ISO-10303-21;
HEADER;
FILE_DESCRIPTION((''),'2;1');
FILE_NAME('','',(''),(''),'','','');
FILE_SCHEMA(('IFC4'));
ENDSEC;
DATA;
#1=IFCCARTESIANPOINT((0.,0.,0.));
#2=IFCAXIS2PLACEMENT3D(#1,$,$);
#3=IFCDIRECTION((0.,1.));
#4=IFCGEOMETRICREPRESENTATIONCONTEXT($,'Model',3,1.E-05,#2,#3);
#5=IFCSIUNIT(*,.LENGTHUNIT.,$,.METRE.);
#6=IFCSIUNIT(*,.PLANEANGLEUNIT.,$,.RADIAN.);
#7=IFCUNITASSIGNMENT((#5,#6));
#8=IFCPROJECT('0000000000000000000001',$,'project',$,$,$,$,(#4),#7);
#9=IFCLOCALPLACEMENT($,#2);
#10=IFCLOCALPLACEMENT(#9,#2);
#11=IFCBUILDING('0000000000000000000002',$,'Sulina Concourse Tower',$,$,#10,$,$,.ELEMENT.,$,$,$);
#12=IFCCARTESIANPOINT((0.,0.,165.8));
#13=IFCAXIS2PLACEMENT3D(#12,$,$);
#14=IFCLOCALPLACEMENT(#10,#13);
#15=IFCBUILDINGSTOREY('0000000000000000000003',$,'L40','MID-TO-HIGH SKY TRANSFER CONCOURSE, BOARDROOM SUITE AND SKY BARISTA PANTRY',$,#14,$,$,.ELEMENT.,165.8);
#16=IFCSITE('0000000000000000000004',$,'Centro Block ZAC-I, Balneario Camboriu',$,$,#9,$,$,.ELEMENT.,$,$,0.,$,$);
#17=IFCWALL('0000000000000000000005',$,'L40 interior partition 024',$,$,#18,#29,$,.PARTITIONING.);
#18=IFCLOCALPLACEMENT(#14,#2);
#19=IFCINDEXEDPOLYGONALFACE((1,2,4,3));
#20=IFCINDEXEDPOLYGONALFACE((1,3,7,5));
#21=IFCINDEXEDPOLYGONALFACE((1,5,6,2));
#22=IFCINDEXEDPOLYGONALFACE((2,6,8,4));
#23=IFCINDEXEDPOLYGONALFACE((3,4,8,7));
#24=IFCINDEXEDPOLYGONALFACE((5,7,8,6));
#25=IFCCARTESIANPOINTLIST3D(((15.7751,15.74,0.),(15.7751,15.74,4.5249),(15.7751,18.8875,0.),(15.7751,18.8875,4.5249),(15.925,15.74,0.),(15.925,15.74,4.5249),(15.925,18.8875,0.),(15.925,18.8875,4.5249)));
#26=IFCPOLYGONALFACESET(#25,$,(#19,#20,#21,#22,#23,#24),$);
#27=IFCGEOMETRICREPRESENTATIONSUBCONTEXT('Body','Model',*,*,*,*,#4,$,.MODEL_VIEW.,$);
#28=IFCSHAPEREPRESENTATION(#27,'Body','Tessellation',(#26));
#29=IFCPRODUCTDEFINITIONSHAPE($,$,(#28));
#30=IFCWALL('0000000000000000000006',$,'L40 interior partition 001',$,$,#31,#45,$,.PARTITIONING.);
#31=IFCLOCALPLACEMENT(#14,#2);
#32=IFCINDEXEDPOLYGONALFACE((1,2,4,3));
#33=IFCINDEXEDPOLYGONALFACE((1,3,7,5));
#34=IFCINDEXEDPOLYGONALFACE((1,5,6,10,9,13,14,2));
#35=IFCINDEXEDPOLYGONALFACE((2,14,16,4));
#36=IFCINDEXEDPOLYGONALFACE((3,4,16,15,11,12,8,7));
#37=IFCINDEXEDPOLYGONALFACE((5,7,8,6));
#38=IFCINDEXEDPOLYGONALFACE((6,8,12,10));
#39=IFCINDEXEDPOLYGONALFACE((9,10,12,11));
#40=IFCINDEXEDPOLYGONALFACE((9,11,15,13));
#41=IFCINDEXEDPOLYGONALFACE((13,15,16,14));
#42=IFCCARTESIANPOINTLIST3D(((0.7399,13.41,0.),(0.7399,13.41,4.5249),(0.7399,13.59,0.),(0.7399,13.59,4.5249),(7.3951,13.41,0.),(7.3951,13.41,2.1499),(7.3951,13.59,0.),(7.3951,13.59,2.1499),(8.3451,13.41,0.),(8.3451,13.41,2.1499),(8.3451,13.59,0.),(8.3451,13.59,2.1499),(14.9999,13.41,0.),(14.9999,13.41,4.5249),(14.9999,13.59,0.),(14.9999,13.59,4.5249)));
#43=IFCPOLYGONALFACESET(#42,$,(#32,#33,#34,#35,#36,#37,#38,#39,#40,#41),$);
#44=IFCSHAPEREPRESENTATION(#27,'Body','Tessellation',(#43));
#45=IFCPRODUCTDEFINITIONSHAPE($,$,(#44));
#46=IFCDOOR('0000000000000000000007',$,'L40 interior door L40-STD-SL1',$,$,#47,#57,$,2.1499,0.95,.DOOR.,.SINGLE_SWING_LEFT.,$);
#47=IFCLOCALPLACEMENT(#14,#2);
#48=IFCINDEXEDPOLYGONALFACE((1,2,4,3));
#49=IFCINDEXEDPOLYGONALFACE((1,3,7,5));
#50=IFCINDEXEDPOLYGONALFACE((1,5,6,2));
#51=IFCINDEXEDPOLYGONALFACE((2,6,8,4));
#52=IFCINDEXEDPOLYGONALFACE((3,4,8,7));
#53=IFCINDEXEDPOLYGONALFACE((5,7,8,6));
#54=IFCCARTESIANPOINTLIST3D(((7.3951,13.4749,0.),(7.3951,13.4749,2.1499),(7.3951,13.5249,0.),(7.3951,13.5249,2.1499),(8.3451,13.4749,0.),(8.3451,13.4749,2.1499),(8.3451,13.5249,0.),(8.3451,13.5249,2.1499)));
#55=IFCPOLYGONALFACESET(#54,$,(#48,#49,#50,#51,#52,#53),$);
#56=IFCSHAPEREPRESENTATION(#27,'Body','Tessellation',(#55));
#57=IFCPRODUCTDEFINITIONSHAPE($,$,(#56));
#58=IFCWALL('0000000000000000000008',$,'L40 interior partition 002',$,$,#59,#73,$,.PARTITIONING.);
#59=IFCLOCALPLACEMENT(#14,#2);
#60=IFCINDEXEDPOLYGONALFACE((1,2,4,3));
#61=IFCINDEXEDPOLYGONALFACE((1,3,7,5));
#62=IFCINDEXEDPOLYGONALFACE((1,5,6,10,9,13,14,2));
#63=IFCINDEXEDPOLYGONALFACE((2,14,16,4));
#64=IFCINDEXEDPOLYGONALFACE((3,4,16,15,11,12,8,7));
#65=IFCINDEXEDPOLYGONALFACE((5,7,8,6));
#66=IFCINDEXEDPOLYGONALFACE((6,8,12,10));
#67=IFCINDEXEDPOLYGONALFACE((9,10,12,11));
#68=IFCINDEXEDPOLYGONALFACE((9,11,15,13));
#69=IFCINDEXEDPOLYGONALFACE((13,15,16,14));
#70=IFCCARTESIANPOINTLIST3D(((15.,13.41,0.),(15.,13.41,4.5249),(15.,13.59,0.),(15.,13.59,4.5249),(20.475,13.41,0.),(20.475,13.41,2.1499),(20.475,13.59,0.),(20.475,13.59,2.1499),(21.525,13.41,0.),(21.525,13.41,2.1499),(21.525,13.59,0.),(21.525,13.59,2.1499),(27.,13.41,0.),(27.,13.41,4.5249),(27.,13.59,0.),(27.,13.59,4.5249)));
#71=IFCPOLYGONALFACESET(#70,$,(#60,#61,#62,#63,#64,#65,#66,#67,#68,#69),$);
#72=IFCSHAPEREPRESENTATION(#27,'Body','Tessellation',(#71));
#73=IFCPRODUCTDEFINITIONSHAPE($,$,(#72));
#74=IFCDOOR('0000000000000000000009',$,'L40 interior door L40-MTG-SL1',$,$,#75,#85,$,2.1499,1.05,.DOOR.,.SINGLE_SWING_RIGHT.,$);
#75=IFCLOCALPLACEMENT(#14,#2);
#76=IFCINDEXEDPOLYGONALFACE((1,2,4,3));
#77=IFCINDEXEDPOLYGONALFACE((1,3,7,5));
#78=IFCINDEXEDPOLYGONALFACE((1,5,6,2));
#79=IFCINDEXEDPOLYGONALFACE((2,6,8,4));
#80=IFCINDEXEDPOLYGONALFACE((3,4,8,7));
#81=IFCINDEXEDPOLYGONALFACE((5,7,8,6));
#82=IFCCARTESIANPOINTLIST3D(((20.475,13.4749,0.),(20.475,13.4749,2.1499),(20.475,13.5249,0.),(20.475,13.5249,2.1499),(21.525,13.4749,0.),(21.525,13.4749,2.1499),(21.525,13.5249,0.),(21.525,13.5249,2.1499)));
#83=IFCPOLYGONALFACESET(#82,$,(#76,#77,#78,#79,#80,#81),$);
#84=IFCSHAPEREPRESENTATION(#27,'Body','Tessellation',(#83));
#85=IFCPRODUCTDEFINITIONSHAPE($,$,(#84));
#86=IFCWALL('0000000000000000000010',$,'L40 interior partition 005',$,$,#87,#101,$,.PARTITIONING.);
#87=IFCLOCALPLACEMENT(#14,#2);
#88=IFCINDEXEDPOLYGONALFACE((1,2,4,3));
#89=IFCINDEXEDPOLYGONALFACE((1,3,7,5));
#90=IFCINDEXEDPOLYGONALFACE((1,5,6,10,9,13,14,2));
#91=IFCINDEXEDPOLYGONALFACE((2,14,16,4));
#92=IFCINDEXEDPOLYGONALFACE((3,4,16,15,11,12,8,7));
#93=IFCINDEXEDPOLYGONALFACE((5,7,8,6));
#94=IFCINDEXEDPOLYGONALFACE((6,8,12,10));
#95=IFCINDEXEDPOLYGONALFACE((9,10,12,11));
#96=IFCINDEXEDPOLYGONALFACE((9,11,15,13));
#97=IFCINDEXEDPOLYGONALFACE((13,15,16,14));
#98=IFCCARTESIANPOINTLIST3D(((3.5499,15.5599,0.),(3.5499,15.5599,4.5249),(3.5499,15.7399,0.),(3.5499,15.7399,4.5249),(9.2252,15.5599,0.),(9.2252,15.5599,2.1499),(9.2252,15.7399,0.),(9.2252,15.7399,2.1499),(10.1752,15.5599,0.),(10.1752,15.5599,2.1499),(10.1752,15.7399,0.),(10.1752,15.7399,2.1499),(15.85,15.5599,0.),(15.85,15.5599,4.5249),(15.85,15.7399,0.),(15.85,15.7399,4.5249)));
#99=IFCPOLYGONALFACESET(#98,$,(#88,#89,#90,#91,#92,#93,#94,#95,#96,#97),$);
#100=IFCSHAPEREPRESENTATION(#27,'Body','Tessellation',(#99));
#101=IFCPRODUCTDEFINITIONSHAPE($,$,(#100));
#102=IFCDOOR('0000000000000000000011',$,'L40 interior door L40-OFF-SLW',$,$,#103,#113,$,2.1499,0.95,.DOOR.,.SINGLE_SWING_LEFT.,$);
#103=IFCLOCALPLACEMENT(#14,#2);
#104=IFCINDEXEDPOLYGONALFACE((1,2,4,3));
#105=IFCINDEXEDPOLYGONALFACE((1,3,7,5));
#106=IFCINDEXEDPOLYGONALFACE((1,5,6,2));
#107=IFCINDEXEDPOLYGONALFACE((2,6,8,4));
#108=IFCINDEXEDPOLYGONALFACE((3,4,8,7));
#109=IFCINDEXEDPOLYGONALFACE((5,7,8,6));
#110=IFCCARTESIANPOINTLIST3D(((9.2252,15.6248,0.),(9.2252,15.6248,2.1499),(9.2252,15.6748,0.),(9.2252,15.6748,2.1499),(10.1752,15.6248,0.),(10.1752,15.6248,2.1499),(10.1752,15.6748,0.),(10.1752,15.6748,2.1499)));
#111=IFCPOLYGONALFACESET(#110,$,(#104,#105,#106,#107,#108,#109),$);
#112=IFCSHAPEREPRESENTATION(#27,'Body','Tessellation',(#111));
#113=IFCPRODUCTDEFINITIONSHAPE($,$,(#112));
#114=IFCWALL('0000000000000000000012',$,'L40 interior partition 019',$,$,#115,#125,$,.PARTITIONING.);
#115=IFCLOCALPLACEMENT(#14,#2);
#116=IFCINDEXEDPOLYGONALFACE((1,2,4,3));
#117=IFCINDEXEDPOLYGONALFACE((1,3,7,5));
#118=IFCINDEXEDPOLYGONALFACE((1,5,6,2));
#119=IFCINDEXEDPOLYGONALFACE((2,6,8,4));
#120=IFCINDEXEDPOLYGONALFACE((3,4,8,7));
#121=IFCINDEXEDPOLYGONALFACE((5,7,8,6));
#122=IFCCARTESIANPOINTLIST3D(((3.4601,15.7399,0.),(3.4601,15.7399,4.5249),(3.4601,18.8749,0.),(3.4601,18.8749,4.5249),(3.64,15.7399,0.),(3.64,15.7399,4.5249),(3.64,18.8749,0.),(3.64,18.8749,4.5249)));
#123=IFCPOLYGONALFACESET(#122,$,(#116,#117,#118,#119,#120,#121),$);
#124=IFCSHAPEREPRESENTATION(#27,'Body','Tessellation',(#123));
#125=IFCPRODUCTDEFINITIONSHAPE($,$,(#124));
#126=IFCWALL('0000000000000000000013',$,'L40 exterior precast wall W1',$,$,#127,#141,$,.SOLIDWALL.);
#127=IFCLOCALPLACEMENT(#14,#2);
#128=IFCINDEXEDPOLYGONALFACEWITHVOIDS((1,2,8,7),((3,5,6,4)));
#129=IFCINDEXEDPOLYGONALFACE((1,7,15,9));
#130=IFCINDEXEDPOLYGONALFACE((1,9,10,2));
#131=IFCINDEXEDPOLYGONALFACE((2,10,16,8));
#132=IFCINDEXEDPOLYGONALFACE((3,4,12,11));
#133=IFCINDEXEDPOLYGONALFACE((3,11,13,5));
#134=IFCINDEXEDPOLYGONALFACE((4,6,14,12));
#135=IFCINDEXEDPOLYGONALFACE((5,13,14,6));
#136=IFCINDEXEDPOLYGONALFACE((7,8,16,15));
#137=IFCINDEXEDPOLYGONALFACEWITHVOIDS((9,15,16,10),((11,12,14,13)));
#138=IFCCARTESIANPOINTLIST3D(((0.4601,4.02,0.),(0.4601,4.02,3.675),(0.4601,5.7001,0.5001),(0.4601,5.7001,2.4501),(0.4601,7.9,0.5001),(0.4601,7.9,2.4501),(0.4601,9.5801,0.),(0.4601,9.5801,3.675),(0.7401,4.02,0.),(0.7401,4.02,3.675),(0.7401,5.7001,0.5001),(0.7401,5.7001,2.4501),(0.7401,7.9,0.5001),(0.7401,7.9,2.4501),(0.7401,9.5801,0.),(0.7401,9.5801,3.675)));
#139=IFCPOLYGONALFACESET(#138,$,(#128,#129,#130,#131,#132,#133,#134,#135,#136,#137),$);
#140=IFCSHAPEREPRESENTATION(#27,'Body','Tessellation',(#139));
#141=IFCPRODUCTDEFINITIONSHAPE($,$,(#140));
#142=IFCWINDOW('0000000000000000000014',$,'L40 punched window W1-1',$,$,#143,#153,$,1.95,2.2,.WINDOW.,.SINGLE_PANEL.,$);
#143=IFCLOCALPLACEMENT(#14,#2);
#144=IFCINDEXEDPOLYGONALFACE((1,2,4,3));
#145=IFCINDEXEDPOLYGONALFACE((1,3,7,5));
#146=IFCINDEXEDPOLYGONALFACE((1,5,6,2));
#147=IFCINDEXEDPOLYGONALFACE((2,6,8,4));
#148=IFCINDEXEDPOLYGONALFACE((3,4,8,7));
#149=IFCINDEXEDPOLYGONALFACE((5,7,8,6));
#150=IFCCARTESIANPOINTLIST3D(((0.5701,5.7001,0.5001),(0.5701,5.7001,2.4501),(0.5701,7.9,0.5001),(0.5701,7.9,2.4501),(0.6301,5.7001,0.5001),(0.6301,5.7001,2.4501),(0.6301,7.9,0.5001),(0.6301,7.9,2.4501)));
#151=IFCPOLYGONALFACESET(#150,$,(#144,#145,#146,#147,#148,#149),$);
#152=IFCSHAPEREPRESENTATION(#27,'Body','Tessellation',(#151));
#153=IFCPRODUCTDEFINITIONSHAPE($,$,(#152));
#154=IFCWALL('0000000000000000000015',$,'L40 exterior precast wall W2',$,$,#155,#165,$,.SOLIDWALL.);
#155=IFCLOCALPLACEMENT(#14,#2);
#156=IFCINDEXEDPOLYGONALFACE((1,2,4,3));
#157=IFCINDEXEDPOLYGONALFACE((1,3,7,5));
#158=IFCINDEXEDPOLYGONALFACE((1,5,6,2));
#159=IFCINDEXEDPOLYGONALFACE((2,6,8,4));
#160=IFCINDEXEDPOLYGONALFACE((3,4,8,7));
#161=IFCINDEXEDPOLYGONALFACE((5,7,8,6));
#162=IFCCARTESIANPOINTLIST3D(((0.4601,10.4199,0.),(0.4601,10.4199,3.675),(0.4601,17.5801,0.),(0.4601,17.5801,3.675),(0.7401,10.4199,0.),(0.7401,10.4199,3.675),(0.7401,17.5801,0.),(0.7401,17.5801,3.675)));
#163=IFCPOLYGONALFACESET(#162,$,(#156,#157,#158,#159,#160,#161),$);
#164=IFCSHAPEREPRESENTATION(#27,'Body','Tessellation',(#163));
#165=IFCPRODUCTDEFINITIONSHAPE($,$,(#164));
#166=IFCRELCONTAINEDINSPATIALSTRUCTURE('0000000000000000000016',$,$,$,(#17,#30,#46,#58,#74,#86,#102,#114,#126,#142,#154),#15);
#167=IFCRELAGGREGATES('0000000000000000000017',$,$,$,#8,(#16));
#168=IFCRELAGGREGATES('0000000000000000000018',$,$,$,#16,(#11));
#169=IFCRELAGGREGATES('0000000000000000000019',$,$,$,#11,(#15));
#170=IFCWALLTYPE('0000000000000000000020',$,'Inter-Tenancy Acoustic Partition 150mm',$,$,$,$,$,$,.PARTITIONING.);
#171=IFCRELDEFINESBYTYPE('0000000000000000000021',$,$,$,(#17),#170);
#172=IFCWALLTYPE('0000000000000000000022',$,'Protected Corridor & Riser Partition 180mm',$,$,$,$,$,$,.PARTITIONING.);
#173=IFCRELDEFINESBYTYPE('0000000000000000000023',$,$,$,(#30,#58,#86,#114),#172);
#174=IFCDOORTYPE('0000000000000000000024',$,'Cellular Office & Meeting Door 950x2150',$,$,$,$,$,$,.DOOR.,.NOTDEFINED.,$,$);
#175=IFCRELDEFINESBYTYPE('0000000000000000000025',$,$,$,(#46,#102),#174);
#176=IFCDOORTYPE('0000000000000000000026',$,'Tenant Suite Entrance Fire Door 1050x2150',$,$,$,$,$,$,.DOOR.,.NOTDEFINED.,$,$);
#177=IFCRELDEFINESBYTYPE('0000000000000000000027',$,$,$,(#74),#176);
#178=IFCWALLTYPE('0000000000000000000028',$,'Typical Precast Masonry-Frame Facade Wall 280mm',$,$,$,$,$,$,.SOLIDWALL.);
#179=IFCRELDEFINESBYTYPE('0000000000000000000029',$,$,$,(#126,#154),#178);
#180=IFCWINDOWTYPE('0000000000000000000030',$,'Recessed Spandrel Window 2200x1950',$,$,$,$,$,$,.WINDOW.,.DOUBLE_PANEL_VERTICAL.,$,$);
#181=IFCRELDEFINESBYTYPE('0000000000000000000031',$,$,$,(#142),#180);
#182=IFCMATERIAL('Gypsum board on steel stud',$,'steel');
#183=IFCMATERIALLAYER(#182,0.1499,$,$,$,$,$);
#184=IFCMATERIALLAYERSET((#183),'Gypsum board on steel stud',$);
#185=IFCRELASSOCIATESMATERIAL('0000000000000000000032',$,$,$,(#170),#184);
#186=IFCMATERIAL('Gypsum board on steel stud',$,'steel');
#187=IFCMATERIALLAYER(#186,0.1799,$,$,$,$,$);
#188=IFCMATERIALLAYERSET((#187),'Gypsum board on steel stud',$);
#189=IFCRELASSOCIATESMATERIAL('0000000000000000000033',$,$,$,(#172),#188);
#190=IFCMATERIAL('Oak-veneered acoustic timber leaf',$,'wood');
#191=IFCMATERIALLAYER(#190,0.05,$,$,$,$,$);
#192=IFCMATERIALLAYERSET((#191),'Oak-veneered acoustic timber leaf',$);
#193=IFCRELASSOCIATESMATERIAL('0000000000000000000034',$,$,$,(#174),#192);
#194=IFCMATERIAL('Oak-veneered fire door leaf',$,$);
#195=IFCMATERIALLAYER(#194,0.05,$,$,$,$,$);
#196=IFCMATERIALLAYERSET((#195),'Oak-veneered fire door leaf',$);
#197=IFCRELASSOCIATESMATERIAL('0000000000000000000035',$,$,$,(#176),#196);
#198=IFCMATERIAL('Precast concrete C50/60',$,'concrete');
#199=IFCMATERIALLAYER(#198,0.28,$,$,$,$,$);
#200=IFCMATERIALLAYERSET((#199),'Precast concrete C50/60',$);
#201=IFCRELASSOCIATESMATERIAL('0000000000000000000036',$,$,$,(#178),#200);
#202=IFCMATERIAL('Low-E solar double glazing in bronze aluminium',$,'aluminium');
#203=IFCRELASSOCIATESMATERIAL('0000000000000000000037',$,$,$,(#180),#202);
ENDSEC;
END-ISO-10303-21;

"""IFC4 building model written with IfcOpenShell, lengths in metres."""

from ifc_helpers import new_model, si_unit, direction, frame, frame_2d, origin, place, context, subcontext, project, spatial, rectangle, extrude, material, layer, layer_set, type_object, element, fill, save


model = new_model("IFC4")

# Units and contexts
model_context = context("Model", 3, precision=1e-05, world=origin(), true_north=direction((0.0, 1.0)))
body_context = subcontext(model_context, "Body", "Model", "MODEL_VIEW")
ifc_project = project(units=[si_unit("LENGTHUNIT", "METRE"), si_unit("PLANEANGLEUNIT", "RADIAN")], contexts=[model_context])

# Site, building, storey
site_placement = place(None, origin())
site = spatial("IfcSite", under=ifc_project, at=site_placement, Name="Centro Block ZAC-I, Balneario Camboriu", CompositionType="ELEMENT", RefElevation=0.0)
building_placement = place(site_placement, origin())
building = spatial("IfcBuilding", under=site, at=building_placement, Name="Sulina Concourse Tower", CompositionType="ELEMENT")
storey_placement = place(building_placement, frame((0.0, 0.0, 165.8)))
storey = spatial("IfcBuildingStorey", under=building, at=storey_placement, Name="L40", Description="MID-TO-HIGH SKY TRANSFER CONCOURSE, BOARDROOM SUITE AND SKY BARISTA PANTRY", CompositionType="ELEMENT", Elevation=165.8)

# Wall
ifc_material_1 = material(Name="Gypsum board on steel stud", Category="steel")
ifc_layer_1 = layer(ifc_material_1, 0.1499)
ifc_layer_set_1 = layer_set([ifc_layer_1], Name="Gypsum board on steel stud")
wall_type_1 = type_object("IfcWallType", Name="Inter-Tenancy Acoustic Partition 150mm", PredefinedType="PARTITIONING", material=ifc_layer_set_1)
wall_1_placement = place(storey_placement, frame((15.8501, 15.74, 0.0), z_axis=(0.0, 0.0, 1.0), x_axis=(0.0, 1.0, 0.0)))
element("IfcWall", 1, at=wall_1_placement, inside=storey, type_object=wall_type_1, Name="L40 interior partition 024", PredefinedType="PARTITIONING", context=body_context, shape_type="SweptSolid", body=[
    extrude(rectangle(XDim=3.1475, YDim=0.1499, at=frame_2d((1.5737, 0.0))), origin(), (0.0, 0.0, 1.0), 4.5249),
])

# Walls, openings, doors
ifc_material_2 = material(Name="Gypsum board on steel stud", Category="steel")
ifc_layer_2 = layer(ifc_material_2, 0.1799)
ifc_layer_set_2 = layer_set([ifc_layer_2], Name="Gypsum board on steel stud")
wall_type_2 = type_object("IfcWallType", Name="Protected Corridor & Riser Partition 180mm", PredefinedType="PARTITIONING", material=ifc_layer_set_2)
wall_2_placement = place(storey_placement, frame((0.74, 13.5, 0.0), z_axis=(0.0, 0.0, 1.0), x_axis=(1.0, 0.0, 0.0)))
wall_2 = element("IfcWall", 2, at=wall_2_placement, inside=storey, type_object=wall_type_2, Name="L40 interior partition 001", PredefinedType="PARTITIONING", context=body_context, shape_type="SweptSolid", body=[
    extrude(rectangle(XDim=14.26, YDim=0.1799, at=frame_2d((7.1299, 0.0))), origin(), (0.0, 0.0, 1.0), 4.5249),
])
opening_1_placement = place(wall_2_placement, frame((6.655, 0.0, 0.0)))
opening_1 = element("IfcOpeningElement", 3, at=opening_1_placement, cuts=wall_2, PredefinedType="OPENING", context=body_context, shape_type="SweptSolid", body=[
    extrude(rectangle(XDim=0.95, YDim=2.1499, at=frame_2d((0.4751, 1.075))), frame((0.0, 0.0999, 0.0), z_axis=(0.0, -1.0, 0.0), x_axis=(1.0, 0.0, 0.0)), (0.0, 0.0, 1.0), 0.2),
])
ifc_material_3 = material(Name="Oak-veneered acoustic timber leaf", Category="wood")
ifc_layer_3 = layer(ifc_material_3, 0.05)
ifc_layer_set_3 = layer_set([ifc_layer_3], Name="Oak-veneered acoustic timber leaf")
door_type_1 = type_object("IfcDoorType", Name="Cellular Office & Meeting Door 950x2150", OperationType="NOTDEFINED", PredefinedType="DOOR", material=ifc_layer_set_3)
door_1_placement = place(opening_1_placement, origin())
door_1 = element("IfcDoor", 4, at=door_1_placement, inside=storey, type_object=door_type_1, Name="L40 interior door L40-STD-SL1", OperationType="SINGLE_SWING_LEFT", OverallHeight=2.1499, OverallWidth=0.95, PredefinedType="DOOR", context=body_context, shape_type="SweptSolid", body=[
    extrude(rectangle(XDim=0.95, YDim=2.1499, at=frame_2d((0.4751, 1.075))), frame((0.0, 0.0249, 0.0), z_axis=(0.0, -1.0, 0.0), x_axis=(1.0, 0.0, 0.0)), (0.0, 0.0, 1.0), 0.05),
])
fill(opening_1, door_1)
wall_3_placement = place(storey_placement, frame((15.0, 13.5, 0.0), z_axis=(0.0, 0.0, 1.0), x_axis=(1.0, 0.0, 0.0)))
wall_3 = element("IfcWall", 5, at=wall_3_placement, inside=storey, type_object=wall_type_2, Name="L40 interior partition 002", PredefinedType="PARTITIONING", context=body_context, shape_type="SweptSolid", body=[
    extrude(rectangle(XDim=12.0, YDim=0.1799, at=frame_2d((6.0, 0.0))), origin(), (0.0, 0.0, 1.0), 4.5249),
])
opening_2_placement = place(wall_3_placement, frame((5.4751, 0.0, 0.0)))
opening_2 = element("IfcOpeningElement", 6, at=opening_2_placement, cuts=wall_3, PredefinedType="OPENING", context=body_context, shape_type="SweptSolid", body=[
    extrude(rectangle(XDim=1.05, YDim=2.1499, at=frame_2d((0.5249, 1.075))), frame((0.0, 0.0999, 0.0), z_axis=(0.0, -1.0, 0.0), x_axis=(1.0, 0.0, 0.0)), (0.0, 0.0, 1.0), 0.2),
])
ifc_material_4 = material(Name="Oak-veneered fire door leaf")
ifc_layer_4 = layer(ifc_material_4, 0.05)
ifc_layer_set_4 = layer_set([ifc_layer_4], Name="Oak-veneered fire door leaf")
door_type_2 = type_object("IfcDoorType", Name="Tenant Suite Entrance Fire Door 1050x2150", OperationType="NOTDEFINED", PredefinedType="DOOR", material=ifc_layer_set_4)
door_2_placement = place(opening_2_placement, origin())
door_2 = element("IfcDoor", 7, at=door_2_placement, inside=storey, type_object=door_type_2, Name="L40 interior door L40-MTG-SL1", OperationType="SINGLE_SWING_RIGHT", OverallHeight=2.1499, OverallWidth=1.05, PredefinedType="DOOR", context=body_context, shape_type="SweptSolid", body=[
    extrude(rectangle(XDim=1.05, YDim=2.1499, at=frame_2d((0.5249, 1.075))), frame((0.0, 0.0249, 0.0), z_axis=(0.0, -1.0, 0.0), x_axis=(1.0, 0.0, 0.0)), (0.0, 0.0, 1.0), 0.05),
])
fill(opening_2, door_2)
wall_4_placement = place(storey_placement, frame((3.55, 15.6499, 0.0), z_axis=(0.0, 0.0, 1.0), x_axis=(1.0, 0.0, 0.0)))
wall_4 = element("IfcWall", 8, at=wall_4_placement, inside=storey, type_object=wall_type_2, Name="L40 interior partition 005", PredefinedType="PARTITIONING", context=body_context, shape_type="SweptSolid", body=[
    extrude(rectangle(XDim=12.3, YDim=0.1799, at=frame_2d((6.1499, 0.0))), origin(), (0.0, 0.0, 1.0), 4.5249),
])
opening_3_placement = place(wall_4_placement, frame((5.675, 0.0, 0.0)))
opening_3 = element("IfcOpeningElement", 9, at=opening_3_placement, cuts=wall_4, PredefinedType="OPENING", context=body_context, shape_type="SweptSolid", body=[
    extrude(rectangle(XDim=0.95, YDim=2.1499, at=frame_2d((0.4751, 1.075))), frame((0.0, 0.0999, 0.0), z_axis=(0.0, -1.0, 0.0), x_axis=(1.0, 0.0, 0.0)), (0.0, 0.0, 1.0), 0.2),
])
door_3_placement = place(opening_3_placement, origin())
door_3 = element("IfcDoor", 10, at=door_3_placement, inside=storey, type_object=door_type_1, Name="L40 interior door L40-OFF-SLW", OperationType="SINGLE_SWING_LEFT", OverallHeight=2.1499, OverallWidth=0.95, PredefinedType="DOOR", context=body_context, shape_type="SweptSolid", body=[
    extrude(rectangle(XDim=0.95, YDim=2.1499, at=frame_2d((0.4751, 1.075))), frame((0.0, 0.0249, 0.0), z_axis=(0.0, -1.0, 0.0), x_axis=(1.0, 0.0, 0.0)), (0.0, 0.0, 1.0), 0.05),
])
fill(opening_3, door_3)

# Wall
wall_5_placement = place(storey_placement, frame((3.55, 15.74, 0.0), z_axis=(0.0, 0.0, 1.0), x_axis=(0.0, 1.0, 0.0)))
element("IfcWall", 11, at=wall_5_placement, inside=storey, type_object=wall_type_2, Name="L40 interior partition 019", PredefinedType="PARTITIONING", context=body_context, shape_type="SweptSolid", body=[
    extrude(rectangle(XDim=3.135, YDim=0.1799, at=frame_2d((1.5674, 0.0))), origin(), (0.0, 0.0, 1.0), 4.5249),
])

# Wall, opening, window
ifc_material_5 = material(Name="Precast concrete C50/60", Category="concrete")
ifc_layer_5 = layer(ifc_material_5, 0.28)
ifc_layer_set_5 = layer_set([ifc_layer_5], Name="Precast concrete C50/60")
wall_type_3 = type_object("IfcWallType", Name="Typical Precast Masonry-Frame Facade Wall 280mm", PredefinedType="SOLIDWALL", material=ifc_layer_set_5)
wall_6_placement = place(storey_placement, frame((0.6001, 4.02, 0.0), z_axis=(0.0, 0.0, 1.0), x_axis=(0.0, 1.0, 0.0)))
wall_6 = element("IfcWall", 12, at=wall_6_placement, inside=storey, type_object=wall_type_3, Name="L40 exterior precast wall W1", PredefinedType="SOLIDWALL", context=body_context, shape_type="SweptSolid", body=[
    extrude(rectangle(XDim=5.5601, YDim=0.28, at=frame_2d((2.78, 0.0))), origin(), (0.0, 0.0, 1.0), 3.675),
])
opening_4_placement = place(wall_6_placement, frame((1.6799, 0.0, 0.5)))
opening_4 = element("IfcOpeningElement", 13, at=opening_4_placement, cuts=wall_6, PredefinedType="OPENING", context=body_context, shape_type="SweptSolid", body=[
    extrude(rectangle(XDim=2.2, YDim=1.95, at=frame_2d((1.1001, 0.9751))), frame((0.0, 0.1499, 0.0), z_axis=(0.0, -1.0, 0.0), x_axis=(1.0, 0.0, 0.0)), (0.0, 0.0, 1.0), 0.3),
])
ifc_material_6 = material(Name="Low-E solar double glazing in bronze aluminium", Category="aluminium")
window_type = type_object("IfcWindowType", Name="Recessed Spandrel Window 2200x1950", PartitioningType="DOUBLE_PANEL_VERTICAL", PredefinedType="WINDOW", material=ifc_material_6)
window_placement = place(opening_4_placement, origin())
window = element("IfcWindow", 14, at=window_placement, inside=storey, type_object=window_type, Name="L40 punched window W1-1", OverallHeight=1.95, OverallWidth=2.2, PartitioningType="SINGLE_PANEL", PredefinedType="WINDOW", context=body_context, shape_type="SweptSolid", body=[
    extrude(rectangle(XDim=2.2, YDim=1.95, at=frame_2d((1.1001, 0.9751))), frame((0.0, 0.03, 0.0), z_axis=(0.0, -1.0, 0.0), x_axis=(1.0, 0.0, 0.0)), (0.0, 0.0, 1.0), 0.0601),
])
fill(opening_4, window)

# Wall
wall_7_placement = place(storey_placement, frame((0.6001, 10.4199, 0.0), z_axis=(0.0, 0.0, 1.0), x_axis=(0.0, 1.0, 0.0)))
element("IfcWall", 15, at=wall_7_placement, inside=storey, type_object=wall_type_3, Name="L40 exterior precast wall W2", PredefinedType="SOLIDWALL", context=body_context, shape_type="SweptSolid", body=[
    extrude(rectangle(XDim=7.1602, YDim=0.28, at=frame_2d((3.5801, 0.0))), origin(), (0.0, 0.0, 1.0), 3.675),
])

save(model, "model.ifc")
